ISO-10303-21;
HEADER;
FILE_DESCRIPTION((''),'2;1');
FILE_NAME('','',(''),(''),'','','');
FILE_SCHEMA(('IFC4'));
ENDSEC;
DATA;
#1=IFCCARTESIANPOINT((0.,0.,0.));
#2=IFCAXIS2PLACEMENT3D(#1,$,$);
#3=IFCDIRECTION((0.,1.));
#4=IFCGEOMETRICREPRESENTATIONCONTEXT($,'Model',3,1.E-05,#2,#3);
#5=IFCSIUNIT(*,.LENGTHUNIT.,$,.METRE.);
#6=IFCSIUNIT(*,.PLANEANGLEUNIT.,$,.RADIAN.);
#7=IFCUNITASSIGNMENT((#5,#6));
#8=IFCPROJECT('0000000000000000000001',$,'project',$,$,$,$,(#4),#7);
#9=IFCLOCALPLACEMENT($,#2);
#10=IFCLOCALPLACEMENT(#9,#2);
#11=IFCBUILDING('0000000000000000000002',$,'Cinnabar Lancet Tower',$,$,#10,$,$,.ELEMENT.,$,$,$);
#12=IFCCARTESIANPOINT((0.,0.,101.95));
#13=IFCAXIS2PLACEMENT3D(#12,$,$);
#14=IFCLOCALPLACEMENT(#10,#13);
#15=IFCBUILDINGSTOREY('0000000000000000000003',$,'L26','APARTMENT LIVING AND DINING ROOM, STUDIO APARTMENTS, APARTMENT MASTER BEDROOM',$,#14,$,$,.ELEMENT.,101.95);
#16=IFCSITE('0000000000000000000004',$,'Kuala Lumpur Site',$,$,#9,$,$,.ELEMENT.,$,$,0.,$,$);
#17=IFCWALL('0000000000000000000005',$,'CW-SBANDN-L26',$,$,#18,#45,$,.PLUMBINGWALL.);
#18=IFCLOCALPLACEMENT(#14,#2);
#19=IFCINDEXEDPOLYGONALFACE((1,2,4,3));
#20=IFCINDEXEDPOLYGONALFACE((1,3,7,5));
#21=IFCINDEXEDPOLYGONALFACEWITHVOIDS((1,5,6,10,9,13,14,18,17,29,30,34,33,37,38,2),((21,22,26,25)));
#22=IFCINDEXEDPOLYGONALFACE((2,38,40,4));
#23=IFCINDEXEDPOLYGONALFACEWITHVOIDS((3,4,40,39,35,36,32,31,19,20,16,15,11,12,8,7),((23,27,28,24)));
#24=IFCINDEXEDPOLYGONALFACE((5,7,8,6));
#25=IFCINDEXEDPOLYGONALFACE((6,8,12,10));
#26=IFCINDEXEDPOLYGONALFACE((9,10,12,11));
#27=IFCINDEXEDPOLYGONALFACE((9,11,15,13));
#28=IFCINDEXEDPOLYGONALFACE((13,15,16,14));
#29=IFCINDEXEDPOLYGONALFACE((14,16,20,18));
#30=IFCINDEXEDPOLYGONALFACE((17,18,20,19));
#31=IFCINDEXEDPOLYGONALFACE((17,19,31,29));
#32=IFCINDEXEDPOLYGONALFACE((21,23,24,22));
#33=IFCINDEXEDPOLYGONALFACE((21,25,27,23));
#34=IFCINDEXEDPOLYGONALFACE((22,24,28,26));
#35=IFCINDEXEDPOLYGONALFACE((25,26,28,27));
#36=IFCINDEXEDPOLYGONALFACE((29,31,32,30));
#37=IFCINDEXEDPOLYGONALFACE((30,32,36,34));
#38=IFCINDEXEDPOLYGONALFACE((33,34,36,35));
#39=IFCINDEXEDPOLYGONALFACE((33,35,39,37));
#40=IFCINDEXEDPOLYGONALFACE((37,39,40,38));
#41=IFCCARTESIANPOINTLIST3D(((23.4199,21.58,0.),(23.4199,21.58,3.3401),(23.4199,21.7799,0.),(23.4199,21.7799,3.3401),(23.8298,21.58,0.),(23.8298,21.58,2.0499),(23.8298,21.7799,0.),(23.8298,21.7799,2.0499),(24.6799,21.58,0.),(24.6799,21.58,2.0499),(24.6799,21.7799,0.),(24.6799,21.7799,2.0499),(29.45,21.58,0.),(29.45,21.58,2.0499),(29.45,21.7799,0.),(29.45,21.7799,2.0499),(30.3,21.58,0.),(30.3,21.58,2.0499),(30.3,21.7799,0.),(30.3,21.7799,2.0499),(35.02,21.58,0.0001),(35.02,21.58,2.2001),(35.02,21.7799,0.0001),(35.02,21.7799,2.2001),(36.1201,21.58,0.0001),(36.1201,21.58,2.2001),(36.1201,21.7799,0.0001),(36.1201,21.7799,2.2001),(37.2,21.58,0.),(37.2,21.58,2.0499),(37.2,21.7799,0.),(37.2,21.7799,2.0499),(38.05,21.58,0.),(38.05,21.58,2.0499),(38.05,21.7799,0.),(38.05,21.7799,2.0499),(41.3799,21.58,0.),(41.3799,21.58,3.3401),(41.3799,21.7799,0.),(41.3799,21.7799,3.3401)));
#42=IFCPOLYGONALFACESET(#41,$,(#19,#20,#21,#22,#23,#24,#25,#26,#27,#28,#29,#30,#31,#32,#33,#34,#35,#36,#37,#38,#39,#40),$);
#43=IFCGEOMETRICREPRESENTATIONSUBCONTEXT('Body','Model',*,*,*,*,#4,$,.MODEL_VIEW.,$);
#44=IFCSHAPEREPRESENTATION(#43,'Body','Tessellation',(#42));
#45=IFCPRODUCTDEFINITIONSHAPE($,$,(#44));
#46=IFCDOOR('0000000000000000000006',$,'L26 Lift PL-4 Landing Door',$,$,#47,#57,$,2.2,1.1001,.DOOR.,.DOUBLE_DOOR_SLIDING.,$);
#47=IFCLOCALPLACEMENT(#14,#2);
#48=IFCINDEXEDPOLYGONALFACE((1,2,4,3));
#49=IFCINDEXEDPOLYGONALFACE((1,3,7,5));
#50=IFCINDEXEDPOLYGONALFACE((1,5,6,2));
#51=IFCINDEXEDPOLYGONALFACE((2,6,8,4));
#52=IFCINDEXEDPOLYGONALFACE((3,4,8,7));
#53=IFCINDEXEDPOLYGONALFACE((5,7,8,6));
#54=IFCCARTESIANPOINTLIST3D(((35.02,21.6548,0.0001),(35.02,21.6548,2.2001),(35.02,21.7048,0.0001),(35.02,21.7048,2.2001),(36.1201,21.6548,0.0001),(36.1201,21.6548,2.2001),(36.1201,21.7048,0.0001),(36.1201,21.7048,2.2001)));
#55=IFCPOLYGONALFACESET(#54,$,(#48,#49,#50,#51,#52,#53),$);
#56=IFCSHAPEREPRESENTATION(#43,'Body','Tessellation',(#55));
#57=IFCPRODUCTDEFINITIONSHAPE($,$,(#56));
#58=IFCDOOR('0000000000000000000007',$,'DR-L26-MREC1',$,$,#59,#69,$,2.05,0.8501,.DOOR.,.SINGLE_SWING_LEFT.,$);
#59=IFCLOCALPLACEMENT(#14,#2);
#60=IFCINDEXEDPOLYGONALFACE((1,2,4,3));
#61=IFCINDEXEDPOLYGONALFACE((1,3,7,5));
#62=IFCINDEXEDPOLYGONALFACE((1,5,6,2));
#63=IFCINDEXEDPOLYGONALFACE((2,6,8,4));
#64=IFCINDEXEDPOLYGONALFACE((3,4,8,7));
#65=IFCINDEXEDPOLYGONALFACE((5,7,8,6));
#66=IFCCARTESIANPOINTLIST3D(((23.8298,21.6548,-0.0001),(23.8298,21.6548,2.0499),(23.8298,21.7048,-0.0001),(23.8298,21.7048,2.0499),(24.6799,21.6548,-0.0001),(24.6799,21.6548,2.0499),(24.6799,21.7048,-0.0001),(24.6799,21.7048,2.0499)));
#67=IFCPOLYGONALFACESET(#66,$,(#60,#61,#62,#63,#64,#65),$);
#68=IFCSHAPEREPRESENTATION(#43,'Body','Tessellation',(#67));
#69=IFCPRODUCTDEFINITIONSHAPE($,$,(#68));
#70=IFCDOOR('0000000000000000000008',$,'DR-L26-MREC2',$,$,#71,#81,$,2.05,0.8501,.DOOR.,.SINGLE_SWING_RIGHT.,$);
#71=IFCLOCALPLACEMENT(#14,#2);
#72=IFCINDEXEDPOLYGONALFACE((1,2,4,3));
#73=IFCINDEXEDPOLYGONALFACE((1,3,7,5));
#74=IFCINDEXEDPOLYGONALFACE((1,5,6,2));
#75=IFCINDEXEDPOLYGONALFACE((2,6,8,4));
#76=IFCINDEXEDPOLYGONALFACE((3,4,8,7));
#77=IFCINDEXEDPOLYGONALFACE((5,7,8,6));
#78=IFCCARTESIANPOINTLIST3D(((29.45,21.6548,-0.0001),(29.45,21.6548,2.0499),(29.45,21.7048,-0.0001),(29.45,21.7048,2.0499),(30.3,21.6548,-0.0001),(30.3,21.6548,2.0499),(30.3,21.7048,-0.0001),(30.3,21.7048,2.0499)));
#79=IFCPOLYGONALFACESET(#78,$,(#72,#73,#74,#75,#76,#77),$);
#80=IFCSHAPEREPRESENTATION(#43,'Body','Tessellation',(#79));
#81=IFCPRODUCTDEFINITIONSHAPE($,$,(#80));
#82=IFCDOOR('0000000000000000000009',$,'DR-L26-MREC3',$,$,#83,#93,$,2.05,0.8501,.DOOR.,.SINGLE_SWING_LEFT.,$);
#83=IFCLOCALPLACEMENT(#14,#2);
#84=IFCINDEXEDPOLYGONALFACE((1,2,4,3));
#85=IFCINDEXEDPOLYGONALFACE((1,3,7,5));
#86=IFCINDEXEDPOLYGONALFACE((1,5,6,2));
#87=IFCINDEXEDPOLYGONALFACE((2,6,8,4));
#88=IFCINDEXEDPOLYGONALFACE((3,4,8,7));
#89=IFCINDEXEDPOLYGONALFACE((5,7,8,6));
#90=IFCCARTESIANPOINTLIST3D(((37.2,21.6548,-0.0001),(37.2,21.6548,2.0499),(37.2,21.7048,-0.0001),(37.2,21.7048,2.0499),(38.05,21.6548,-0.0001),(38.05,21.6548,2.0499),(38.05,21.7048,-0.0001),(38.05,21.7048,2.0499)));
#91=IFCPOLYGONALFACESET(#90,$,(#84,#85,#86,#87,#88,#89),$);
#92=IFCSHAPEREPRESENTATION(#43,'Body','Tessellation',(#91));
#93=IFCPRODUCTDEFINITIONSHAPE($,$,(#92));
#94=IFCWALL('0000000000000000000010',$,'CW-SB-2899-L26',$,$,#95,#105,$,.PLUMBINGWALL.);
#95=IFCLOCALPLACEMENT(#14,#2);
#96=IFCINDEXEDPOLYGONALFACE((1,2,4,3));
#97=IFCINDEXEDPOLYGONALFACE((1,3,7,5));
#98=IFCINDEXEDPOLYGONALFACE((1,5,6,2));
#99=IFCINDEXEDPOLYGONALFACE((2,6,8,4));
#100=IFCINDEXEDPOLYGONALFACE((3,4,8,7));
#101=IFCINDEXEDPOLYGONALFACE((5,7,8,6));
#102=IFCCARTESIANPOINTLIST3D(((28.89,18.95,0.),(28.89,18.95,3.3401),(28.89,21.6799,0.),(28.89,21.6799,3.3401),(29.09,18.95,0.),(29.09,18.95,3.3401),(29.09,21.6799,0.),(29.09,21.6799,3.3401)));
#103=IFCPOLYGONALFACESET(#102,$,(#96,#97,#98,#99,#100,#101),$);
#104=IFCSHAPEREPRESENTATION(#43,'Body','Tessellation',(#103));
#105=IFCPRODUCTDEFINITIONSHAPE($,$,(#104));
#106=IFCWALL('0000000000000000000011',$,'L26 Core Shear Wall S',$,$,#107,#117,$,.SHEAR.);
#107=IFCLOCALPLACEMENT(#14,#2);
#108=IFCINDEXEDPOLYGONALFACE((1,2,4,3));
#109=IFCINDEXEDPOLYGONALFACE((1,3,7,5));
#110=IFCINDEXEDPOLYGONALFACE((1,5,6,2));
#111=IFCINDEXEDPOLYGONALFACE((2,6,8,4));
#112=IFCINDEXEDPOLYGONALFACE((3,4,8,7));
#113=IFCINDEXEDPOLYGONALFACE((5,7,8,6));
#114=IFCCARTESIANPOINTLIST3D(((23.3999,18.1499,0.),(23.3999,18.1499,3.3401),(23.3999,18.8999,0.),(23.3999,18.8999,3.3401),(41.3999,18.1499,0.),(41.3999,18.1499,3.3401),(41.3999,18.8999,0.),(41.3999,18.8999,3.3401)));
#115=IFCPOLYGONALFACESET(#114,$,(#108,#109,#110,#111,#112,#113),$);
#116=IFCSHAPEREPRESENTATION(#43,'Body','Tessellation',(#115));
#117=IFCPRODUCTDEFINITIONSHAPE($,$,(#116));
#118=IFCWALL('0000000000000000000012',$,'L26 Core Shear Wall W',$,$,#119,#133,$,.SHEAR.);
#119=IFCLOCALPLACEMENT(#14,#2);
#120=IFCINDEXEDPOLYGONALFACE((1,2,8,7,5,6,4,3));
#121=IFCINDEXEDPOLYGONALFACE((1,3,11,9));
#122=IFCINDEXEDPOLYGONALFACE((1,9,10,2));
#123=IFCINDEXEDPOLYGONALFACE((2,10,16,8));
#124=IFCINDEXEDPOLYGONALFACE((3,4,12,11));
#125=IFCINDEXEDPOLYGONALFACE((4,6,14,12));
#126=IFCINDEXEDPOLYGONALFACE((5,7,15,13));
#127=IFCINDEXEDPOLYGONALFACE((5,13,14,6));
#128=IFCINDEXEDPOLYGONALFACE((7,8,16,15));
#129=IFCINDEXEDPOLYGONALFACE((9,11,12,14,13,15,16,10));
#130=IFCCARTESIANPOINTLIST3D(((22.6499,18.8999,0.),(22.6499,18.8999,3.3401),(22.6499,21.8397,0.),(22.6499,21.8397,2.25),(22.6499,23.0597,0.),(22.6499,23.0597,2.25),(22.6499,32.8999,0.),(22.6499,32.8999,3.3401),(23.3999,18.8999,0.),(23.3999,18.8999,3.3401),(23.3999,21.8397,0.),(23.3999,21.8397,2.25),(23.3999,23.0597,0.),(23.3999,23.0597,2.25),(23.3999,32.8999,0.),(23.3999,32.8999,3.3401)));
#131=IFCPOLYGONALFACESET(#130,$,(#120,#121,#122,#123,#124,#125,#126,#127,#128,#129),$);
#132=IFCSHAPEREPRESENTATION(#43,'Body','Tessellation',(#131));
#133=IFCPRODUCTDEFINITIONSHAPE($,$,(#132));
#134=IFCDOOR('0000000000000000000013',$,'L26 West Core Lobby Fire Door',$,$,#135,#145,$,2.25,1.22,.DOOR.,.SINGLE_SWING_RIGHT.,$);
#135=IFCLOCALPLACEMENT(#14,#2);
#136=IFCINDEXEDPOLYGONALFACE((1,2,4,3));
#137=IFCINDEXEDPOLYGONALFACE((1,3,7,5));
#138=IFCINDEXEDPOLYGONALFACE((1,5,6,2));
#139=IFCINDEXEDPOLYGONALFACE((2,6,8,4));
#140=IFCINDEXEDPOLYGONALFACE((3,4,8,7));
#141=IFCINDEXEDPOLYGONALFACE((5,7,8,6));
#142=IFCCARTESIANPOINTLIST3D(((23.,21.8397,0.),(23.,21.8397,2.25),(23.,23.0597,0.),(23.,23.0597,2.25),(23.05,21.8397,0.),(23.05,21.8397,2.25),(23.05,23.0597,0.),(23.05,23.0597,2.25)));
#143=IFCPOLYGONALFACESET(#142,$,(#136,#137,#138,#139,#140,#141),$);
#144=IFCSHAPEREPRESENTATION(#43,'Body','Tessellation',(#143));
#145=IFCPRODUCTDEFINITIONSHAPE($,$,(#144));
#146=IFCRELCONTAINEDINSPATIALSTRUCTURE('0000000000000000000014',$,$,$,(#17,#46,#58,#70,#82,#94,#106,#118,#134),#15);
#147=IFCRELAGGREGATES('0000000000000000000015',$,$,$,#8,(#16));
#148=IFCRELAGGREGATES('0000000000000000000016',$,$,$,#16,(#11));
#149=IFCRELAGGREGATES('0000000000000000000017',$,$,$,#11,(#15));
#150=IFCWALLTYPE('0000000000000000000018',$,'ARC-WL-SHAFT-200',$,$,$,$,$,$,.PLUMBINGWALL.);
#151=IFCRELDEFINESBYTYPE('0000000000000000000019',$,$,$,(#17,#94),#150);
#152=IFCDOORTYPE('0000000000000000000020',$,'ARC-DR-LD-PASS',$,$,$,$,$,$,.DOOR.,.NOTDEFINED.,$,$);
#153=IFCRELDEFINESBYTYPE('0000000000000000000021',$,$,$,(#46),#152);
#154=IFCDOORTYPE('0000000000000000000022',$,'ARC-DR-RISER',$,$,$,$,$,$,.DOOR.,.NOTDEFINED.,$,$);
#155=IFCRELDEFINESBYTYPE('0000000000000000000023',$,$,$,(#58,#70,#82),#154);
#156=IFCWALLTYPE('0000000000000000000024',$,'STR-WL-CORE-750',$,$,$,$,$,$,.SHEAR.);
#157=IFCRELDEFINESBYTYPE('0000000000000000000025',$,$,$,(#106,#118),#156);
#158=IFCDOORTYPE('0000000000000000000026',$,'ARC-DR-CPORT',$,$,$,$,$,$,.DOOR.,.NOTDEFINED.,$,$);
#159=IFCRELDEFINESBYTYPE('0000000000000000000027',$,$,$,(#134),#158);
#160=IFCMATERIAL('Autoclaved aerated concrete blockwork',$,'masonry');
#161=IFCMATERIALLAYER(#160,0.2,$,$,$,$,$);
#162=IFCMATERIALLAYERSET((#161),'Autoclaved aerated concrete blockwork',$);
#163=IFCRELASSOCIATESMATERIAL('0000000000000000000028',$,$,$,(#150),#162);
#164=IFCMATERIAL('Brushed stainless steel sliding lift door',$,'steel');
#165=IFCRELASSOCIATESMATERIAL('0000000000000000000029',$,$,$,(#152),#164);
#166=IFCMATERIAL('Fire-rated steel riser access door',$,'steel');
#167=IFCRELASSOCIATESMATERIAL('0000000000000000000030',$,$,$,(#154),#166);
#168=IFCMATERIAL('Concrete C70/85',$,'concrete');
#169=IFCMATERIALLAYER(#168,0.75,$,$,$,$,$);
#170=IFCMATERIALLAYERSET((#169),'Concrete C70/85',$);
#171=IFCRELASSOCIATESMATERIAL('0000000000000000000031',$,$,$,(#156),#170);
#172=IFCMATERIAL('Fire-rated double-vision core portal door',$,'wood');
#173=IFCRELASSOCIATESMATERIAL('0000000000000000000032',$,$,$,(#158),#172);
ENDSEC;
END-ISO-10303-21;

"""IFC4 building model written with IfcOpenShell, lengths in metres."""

from ifc_helpers import new_model, si_unit, direction, frame, frame_2d, origin, place, context, subcontext, project, spatial, rectangle, extrude, material, layer, layer_set, type_object, element, fill, save


model = new_model("IFC4")

# Units and contexts
model_context = context("Model", 3, precision=1e-05, world=origin(), true_north=direction((0.0, 1.0)))
body_context = subcontext(model_context, "Body", "Model", "MODEL_VIEW")
ifc_project = project(units=[si_unit("LENGTHUNIT", "METRE"), si_unit("PLANEANGLEUNIT", "RADIAN")], contexts=[model_context])

# Site, building, storey
site_placement = place(None, origin())
site = spatial("IfcSite", under=ifc_project, at=site_placement, Name="Kuala Lumpur Site", CompositionType="ELEMENT", RefElevation=0.0)
building_placement = place(site_placement, origin())
building = spatial("IfcBuilding", under=site, at=building_placement, Name="Cinnabar Lancet Tower", CompositionType="ELEMENT")
storey_placement = place(building_placement, frame((0.0, 0.0, 101.95)))
storey = spatial("IfcBuildingStorey", under=building, at=storey_placement, Name="L26", Description="APARTMENT LIVING AND DINING ROOM, STUDIO APARTMENTS, APARTMENT MASTER BEDROOM", CompositionType="ELEMENT", Elevation=101.95)

# Shared definitions
ifc_material_1 = material(Name="Autoclaved aerated concrete blockwork", Category="masonry")
ifc_layer_1 = layer(ifc_material_1, 0.2)
ifc_layer_set_1 = layer_set([ifc_layer_1], Name="Autoclaved aerated concrete blockwork")
wall_type_1 = type_object("IfcWallType", Name="ARC-WL-SHAFT-200", PredefinedType="PLUMBINGWALL", material=ifc_layer_set_1)

# Shared definitions
ifc_material_2 = material(Name="Brushed stainless steel sliding lift door", Category="steel")
door_type_1 = type_object("IfcDoorType", Name="ARC-DR-LD-PASS", OperationType="NOTDEFINED", PredefinedType="DOOR", material=ifc_material_2)

# Wall, openings, doors
wall_1_placement = place(storey_placement, frame((23.4199, 21.6799, 0.0), z_axis=(0.0, 0.0, 1.0), x_axis=(1.0, 0.0, 0.0)))
wall_1 = element("IfcWall", 1, at=wall_1_placement, inside=storey, type_object=wall_type_1, Name="CW-SBANDN-L26", PredefinedType="PLUMBINGWALL", context=body_context, shape_type="SweptSolid", body=[
    extrude(rectangle(XDim=17.96, YDim=0.2, at=frame_2d((8.98, 0.0))), origin(), (0.0, 0.0, 1.0), 3.3401),
])
opening_1_placement = place(wall_1_placement, frame((11.6001, 0.0, 0.0)))
opening_1 = element("IfcOpeningElement", 2, at=opening_1_placement, cuts=wall_1, PredefinedType="OPENING", context=body_context, shape_type="SweptSolid", body=[
    extrude(rectangle(XDim=1.1001, YDim=2.2, at=frame_2d((0.55, 1.1001))), frame((0.0, 0.1099, 0.0), z_axis=(0.0, -1.0, 0.0), x_axis=(1.0, 0.0, 0.0)), (0.0, 0.0, 1.0), 0.22),
])
opening_2_placement = place(wall_1_placement, frame((0.4099, 0.0, 0.0)))
opening_2 = element("IfcOpeningElement", 3, at=opening_2_placement, cuts=wall_1, PredefinedType="OPENING", context=body_context, shape_type="SweptSolid", body=[
    extrude(rectangle(XDim=0.8501, YDim=2.05, at=frame_2d((0.425, 1.0249))), frame((0.0, 0.1099, 0.0), z_axis=(0.0, -1.0, 0.0), x_axis=(1.0, 0.0, 0.0)), (0.0, 0.0, 1.0), 0.22),
])
opening_3_placement = place(wall_1_placement, frame((6.03, 0.0, 0.0)))
opening_3 = element("IfcOpeningElement", 4, at=opening_3_placement, cuts=wall_1, PredefinedType="OPENING", context=body_context, shape_type="SweptSolid", body=[
    extrude(rectangle(XDim=0.8501, YDim=2.05, at=frame_2d((0.425, 1.0249))), frame((0.0, 0.1099, 0.0), z_axis=(0.0, -1.0, 0.0), x_axis=(1.0, 0.0, 0.0)), (0.0, 0.0, 1.0), 0.22),
])
opening_4_placement = place(wall_1_placement, frame((13.78, 0.0, 0.0)))
opening_4 = element("IfcOpeningElement", 5, at=opening_4_placement, cuts=wall_1, PredefinedType="OPENING", context=body_context, shape_type="SweptSolid", body=[
    extrude(rectangle(XDim=0.8501, YDim=2.05, at=frame_2d((0.425, 1.0249))), frame((0.0, 0.1099, 0.0), z_axis=(0.0, -1.0, 0.0), x_axis=(1.0, 0.0, 0.0)), (0.0, 0.0, 1.0), 0.22),
])
door_1_placement = place(opening_1_placement, origin())
door_1 = element("IfcDoor", 6, at=door_1_placement, inside=storey, type_object=door_type_1, Name="L26 Lift PL-4 Landing Door", OperationType="DOUBLE_DOOR_SLIDING", OverallHeight=2.2, OverallWidth=1.1001, PredefinedType="DOOR", context=body_context, shape_type="SweptSolid", body=[
    extrude(rectangle(XDim=1.1001, YDim=2.2, at=frame_2d((0.55, 1.1001))), frame((0.0, 0.0249, 0.0), z_axis=(0.0, -1.0, 0.0), x_axis=(1.0, 0.0, 0.0)), (0.0, 0.0, 1.0), 0.05),
])
fill(opening_1, door_1)
ifc_material_3 = material(Name="Fire-rated steel riser access door", Category="steel")
door_type_2 = type_object("IfcDoorType", Name="ARC-DR-RISER", OperationType="NOTDEFINED", PredefinedType="DOOR", material=ifc_material_3)
door_2_placement = place(opening_2_placement, origin())
door_2 = element("IfcDoor", 7, at=door_2_placement, inside=storey, type_object=door_type_2, Name="DR-L26-MREC1", OperationType="SINGLE_SWING_LEFT", OverallHeight=2.05, OverallWidth=0.8501, PredefinedType="DOOR", context=body_context, shape_type="SweptSolid", body=[
    extrude(rectangle(XDim=0.8501, YDim=2.05, at=frame_2d((0.425, 1.0249))), frame((0.0, 0.0249, 0.0), z_axis=(0.0, -1.0, 0.0), x_axis=(1.0, 0.0, 0.0)), (0.0, 0.0, 1.0), 0.05),
])
fill(opening_2, door_2)
door_3_placement = place(opening_3_placement, origin())
door_3 = element("IfcDoor", 8, at=door_3_placement, inside=storey, type_object=door_type_2, Name="DR-L26-MREC2", OperationType="SINGLE_SWING_RIGHT", OverallHeight=2.05, OverallWidth=0.8501, PredefinedType="DOOR", context=body_context, shape_type="SweptSolid", body=[
    extrude(rectangle(XDim=0.8501, YDim=2.05, at=frame_2d((0.425, 1.0249))), frame((0.0, 0.0249, 0.0), z_axis=(0.0, -1.0, 0.0), x_axis=(1.0, 0.0, 0.0)), (0.0, 0.0, 1.0), 0.05),
])
fill(opening_3, door_3)
door_4_placement = place(opening_4_placement, origin())
door_4 = element("IfcDoor", 9, at=door_4_placement, inside=storey, type_object=door_type_2, Name="DR-L26-MREC3", OperationType="SINGLE_SWING_LEFT", OverallHeight=2.05, OverallWidth=0.8501, PredefinedType="DOOR", context=body_context, shape_type="SweptSolid", body=[
    extrude(rectangle(XDim=0.8501, YDim=2.05, at=frame_2d((0.425, 1.0249))), frame((0.0, 0.0249, 0.0), z_axis=(0.0, -1.0, 0.0), x_axis=(1.0, 0.0, 0.0)), (0.0, 0.0, 1.0), 0.05),
])
fill(opening_4, door_4)

# Walls
wall_2_placement = place(storey_placement, frame((28.99, 18.95, 0.0), z_axis=(0.0, 0.0, 1.0), x_axis=(0.0, 1.0, 0.0)))
element("IfcWall", 10, at=wall_2_placement, inside=storey, type_object=wall_type_1, Name="CW-SB-2899-L26", PredefinedType="PLUMBINGWALL", context=body_context, shape_type="SweptSolid", body=[
    extrude(rectangle(XDim=2.73, YDim=0.2, at=frame_2d((1.365, 0.0))), origin(), (0.0, 0.0, 1.0), 3.3401),
])
ifc_material_4 = material(Name="Concrete C70/85", Category="concrete")
ifc_layer_2 = layer(ifc_material_4, 0.75)
ifc_layer_set_2 = layer_set([ifc_layer_2], Name="Concrete C70/85")
wall_type_2 = type_object("IfcWallType", Name="STR-WL-CORE-750", PredefinedType="SHEAR", material=ifc_layer_set_2)
wall_3_placement = place(storey_placement, frame((23.3999, 18.5249, 0.0), z_axis=(0.0, 0.0, 1.0), x_axis=(1.0, 0.0, 0.0)))
element("IfcWall", 11, at=wall_3_placement, inside=storey, type_object=wall_type_2, Name="L26 Core Shear Wall S", PredefinedType="SHEAR", context=body_context, shape_type="SweptSolid", body=[
    extrude(rectangle(XDim=18.0, YDim=0.75, at=frame_2d((9.0, 0.0))), origin(), (0.0, 0.0, 1.0), 3.3401),
])

# Wall, opening, door
wall_4_placement = place(storey_placement, frame((23.0249, 18.8999, 0.0), z_axis=(0.0, 0.0, 1.0), x_axis=(0.0, 1.0, 0.0)))
wall_4 = element("IfcWall", 12, at=wall_4_placement, inside=storey, type_object=wall_type_2, Name="L26 Core Shear Wall W", PredefinedType="SHEAR", context=body_context, shape_type="SweptSolid", body=[
    extrude(rectangle(XDim=14.0, YDim=0.75, at=frame_2d((7.0, 0.0))), origin(), (0.0, 0.0, 1.0), 3.3401),
])
opening_5_placement = place(wall_4_placement, frame((2.9399, 0.0, 0.0)))
opening_5 = element("IfcOpeningElement", 13, at=opening_5_placement, cuts=wall_4, PredefinedType="OPENING", context=body_context, shape_type="SweptSolid", body=[
    extrude(rectangle(XDim=1.22, YDim=2.25, at=frame_2d((0.6099, 1.125))), frame((0.0, 0.385, 0.0), z_axis=(0.0, -1.0, 0.0), x_axis=(1.0, 0.0, 0.0)), (0.0, 0.0, 1.0), 0.77),
])
ifc_material_5 = material(Name="Fire-rated double-vision core portal door", Category="wood")
door_type_3 = type_object("IfcDoorType", Name="ARC-DR-CPORT", OperationType="NOTDEFINED", PredefinedType="DOOR", material=ifc_material_5)
door_5_placement = place(opening_5_placement, origin())
door_5 = element("IfcDoor", 14, at=door_5_placement, inside=storey, type_object=door_type_3, Name="L26 West Core Lobby Fire Door", OperationType="SINGLE_SWING_RIGHT", OverallHeight=2.25, OverallWidth=1.22, PredefinedType="DOOR", context=body_context, shape_type="SweptSolid", body=[
    extrude(rectangle(XDim=1.22, YDim=2.25, at=frame_2d((0.6099, 1.125))), frame((0.0, 0.0249, 0.0), z_axis=(0.0, -1.0, 0.0), x_axis=(1.0, 0.0, 0.0)), (0.0, 0.0, 1.0), 0.05),
])
fill(opening_5, door_5)

save(model, "model.ifc")
